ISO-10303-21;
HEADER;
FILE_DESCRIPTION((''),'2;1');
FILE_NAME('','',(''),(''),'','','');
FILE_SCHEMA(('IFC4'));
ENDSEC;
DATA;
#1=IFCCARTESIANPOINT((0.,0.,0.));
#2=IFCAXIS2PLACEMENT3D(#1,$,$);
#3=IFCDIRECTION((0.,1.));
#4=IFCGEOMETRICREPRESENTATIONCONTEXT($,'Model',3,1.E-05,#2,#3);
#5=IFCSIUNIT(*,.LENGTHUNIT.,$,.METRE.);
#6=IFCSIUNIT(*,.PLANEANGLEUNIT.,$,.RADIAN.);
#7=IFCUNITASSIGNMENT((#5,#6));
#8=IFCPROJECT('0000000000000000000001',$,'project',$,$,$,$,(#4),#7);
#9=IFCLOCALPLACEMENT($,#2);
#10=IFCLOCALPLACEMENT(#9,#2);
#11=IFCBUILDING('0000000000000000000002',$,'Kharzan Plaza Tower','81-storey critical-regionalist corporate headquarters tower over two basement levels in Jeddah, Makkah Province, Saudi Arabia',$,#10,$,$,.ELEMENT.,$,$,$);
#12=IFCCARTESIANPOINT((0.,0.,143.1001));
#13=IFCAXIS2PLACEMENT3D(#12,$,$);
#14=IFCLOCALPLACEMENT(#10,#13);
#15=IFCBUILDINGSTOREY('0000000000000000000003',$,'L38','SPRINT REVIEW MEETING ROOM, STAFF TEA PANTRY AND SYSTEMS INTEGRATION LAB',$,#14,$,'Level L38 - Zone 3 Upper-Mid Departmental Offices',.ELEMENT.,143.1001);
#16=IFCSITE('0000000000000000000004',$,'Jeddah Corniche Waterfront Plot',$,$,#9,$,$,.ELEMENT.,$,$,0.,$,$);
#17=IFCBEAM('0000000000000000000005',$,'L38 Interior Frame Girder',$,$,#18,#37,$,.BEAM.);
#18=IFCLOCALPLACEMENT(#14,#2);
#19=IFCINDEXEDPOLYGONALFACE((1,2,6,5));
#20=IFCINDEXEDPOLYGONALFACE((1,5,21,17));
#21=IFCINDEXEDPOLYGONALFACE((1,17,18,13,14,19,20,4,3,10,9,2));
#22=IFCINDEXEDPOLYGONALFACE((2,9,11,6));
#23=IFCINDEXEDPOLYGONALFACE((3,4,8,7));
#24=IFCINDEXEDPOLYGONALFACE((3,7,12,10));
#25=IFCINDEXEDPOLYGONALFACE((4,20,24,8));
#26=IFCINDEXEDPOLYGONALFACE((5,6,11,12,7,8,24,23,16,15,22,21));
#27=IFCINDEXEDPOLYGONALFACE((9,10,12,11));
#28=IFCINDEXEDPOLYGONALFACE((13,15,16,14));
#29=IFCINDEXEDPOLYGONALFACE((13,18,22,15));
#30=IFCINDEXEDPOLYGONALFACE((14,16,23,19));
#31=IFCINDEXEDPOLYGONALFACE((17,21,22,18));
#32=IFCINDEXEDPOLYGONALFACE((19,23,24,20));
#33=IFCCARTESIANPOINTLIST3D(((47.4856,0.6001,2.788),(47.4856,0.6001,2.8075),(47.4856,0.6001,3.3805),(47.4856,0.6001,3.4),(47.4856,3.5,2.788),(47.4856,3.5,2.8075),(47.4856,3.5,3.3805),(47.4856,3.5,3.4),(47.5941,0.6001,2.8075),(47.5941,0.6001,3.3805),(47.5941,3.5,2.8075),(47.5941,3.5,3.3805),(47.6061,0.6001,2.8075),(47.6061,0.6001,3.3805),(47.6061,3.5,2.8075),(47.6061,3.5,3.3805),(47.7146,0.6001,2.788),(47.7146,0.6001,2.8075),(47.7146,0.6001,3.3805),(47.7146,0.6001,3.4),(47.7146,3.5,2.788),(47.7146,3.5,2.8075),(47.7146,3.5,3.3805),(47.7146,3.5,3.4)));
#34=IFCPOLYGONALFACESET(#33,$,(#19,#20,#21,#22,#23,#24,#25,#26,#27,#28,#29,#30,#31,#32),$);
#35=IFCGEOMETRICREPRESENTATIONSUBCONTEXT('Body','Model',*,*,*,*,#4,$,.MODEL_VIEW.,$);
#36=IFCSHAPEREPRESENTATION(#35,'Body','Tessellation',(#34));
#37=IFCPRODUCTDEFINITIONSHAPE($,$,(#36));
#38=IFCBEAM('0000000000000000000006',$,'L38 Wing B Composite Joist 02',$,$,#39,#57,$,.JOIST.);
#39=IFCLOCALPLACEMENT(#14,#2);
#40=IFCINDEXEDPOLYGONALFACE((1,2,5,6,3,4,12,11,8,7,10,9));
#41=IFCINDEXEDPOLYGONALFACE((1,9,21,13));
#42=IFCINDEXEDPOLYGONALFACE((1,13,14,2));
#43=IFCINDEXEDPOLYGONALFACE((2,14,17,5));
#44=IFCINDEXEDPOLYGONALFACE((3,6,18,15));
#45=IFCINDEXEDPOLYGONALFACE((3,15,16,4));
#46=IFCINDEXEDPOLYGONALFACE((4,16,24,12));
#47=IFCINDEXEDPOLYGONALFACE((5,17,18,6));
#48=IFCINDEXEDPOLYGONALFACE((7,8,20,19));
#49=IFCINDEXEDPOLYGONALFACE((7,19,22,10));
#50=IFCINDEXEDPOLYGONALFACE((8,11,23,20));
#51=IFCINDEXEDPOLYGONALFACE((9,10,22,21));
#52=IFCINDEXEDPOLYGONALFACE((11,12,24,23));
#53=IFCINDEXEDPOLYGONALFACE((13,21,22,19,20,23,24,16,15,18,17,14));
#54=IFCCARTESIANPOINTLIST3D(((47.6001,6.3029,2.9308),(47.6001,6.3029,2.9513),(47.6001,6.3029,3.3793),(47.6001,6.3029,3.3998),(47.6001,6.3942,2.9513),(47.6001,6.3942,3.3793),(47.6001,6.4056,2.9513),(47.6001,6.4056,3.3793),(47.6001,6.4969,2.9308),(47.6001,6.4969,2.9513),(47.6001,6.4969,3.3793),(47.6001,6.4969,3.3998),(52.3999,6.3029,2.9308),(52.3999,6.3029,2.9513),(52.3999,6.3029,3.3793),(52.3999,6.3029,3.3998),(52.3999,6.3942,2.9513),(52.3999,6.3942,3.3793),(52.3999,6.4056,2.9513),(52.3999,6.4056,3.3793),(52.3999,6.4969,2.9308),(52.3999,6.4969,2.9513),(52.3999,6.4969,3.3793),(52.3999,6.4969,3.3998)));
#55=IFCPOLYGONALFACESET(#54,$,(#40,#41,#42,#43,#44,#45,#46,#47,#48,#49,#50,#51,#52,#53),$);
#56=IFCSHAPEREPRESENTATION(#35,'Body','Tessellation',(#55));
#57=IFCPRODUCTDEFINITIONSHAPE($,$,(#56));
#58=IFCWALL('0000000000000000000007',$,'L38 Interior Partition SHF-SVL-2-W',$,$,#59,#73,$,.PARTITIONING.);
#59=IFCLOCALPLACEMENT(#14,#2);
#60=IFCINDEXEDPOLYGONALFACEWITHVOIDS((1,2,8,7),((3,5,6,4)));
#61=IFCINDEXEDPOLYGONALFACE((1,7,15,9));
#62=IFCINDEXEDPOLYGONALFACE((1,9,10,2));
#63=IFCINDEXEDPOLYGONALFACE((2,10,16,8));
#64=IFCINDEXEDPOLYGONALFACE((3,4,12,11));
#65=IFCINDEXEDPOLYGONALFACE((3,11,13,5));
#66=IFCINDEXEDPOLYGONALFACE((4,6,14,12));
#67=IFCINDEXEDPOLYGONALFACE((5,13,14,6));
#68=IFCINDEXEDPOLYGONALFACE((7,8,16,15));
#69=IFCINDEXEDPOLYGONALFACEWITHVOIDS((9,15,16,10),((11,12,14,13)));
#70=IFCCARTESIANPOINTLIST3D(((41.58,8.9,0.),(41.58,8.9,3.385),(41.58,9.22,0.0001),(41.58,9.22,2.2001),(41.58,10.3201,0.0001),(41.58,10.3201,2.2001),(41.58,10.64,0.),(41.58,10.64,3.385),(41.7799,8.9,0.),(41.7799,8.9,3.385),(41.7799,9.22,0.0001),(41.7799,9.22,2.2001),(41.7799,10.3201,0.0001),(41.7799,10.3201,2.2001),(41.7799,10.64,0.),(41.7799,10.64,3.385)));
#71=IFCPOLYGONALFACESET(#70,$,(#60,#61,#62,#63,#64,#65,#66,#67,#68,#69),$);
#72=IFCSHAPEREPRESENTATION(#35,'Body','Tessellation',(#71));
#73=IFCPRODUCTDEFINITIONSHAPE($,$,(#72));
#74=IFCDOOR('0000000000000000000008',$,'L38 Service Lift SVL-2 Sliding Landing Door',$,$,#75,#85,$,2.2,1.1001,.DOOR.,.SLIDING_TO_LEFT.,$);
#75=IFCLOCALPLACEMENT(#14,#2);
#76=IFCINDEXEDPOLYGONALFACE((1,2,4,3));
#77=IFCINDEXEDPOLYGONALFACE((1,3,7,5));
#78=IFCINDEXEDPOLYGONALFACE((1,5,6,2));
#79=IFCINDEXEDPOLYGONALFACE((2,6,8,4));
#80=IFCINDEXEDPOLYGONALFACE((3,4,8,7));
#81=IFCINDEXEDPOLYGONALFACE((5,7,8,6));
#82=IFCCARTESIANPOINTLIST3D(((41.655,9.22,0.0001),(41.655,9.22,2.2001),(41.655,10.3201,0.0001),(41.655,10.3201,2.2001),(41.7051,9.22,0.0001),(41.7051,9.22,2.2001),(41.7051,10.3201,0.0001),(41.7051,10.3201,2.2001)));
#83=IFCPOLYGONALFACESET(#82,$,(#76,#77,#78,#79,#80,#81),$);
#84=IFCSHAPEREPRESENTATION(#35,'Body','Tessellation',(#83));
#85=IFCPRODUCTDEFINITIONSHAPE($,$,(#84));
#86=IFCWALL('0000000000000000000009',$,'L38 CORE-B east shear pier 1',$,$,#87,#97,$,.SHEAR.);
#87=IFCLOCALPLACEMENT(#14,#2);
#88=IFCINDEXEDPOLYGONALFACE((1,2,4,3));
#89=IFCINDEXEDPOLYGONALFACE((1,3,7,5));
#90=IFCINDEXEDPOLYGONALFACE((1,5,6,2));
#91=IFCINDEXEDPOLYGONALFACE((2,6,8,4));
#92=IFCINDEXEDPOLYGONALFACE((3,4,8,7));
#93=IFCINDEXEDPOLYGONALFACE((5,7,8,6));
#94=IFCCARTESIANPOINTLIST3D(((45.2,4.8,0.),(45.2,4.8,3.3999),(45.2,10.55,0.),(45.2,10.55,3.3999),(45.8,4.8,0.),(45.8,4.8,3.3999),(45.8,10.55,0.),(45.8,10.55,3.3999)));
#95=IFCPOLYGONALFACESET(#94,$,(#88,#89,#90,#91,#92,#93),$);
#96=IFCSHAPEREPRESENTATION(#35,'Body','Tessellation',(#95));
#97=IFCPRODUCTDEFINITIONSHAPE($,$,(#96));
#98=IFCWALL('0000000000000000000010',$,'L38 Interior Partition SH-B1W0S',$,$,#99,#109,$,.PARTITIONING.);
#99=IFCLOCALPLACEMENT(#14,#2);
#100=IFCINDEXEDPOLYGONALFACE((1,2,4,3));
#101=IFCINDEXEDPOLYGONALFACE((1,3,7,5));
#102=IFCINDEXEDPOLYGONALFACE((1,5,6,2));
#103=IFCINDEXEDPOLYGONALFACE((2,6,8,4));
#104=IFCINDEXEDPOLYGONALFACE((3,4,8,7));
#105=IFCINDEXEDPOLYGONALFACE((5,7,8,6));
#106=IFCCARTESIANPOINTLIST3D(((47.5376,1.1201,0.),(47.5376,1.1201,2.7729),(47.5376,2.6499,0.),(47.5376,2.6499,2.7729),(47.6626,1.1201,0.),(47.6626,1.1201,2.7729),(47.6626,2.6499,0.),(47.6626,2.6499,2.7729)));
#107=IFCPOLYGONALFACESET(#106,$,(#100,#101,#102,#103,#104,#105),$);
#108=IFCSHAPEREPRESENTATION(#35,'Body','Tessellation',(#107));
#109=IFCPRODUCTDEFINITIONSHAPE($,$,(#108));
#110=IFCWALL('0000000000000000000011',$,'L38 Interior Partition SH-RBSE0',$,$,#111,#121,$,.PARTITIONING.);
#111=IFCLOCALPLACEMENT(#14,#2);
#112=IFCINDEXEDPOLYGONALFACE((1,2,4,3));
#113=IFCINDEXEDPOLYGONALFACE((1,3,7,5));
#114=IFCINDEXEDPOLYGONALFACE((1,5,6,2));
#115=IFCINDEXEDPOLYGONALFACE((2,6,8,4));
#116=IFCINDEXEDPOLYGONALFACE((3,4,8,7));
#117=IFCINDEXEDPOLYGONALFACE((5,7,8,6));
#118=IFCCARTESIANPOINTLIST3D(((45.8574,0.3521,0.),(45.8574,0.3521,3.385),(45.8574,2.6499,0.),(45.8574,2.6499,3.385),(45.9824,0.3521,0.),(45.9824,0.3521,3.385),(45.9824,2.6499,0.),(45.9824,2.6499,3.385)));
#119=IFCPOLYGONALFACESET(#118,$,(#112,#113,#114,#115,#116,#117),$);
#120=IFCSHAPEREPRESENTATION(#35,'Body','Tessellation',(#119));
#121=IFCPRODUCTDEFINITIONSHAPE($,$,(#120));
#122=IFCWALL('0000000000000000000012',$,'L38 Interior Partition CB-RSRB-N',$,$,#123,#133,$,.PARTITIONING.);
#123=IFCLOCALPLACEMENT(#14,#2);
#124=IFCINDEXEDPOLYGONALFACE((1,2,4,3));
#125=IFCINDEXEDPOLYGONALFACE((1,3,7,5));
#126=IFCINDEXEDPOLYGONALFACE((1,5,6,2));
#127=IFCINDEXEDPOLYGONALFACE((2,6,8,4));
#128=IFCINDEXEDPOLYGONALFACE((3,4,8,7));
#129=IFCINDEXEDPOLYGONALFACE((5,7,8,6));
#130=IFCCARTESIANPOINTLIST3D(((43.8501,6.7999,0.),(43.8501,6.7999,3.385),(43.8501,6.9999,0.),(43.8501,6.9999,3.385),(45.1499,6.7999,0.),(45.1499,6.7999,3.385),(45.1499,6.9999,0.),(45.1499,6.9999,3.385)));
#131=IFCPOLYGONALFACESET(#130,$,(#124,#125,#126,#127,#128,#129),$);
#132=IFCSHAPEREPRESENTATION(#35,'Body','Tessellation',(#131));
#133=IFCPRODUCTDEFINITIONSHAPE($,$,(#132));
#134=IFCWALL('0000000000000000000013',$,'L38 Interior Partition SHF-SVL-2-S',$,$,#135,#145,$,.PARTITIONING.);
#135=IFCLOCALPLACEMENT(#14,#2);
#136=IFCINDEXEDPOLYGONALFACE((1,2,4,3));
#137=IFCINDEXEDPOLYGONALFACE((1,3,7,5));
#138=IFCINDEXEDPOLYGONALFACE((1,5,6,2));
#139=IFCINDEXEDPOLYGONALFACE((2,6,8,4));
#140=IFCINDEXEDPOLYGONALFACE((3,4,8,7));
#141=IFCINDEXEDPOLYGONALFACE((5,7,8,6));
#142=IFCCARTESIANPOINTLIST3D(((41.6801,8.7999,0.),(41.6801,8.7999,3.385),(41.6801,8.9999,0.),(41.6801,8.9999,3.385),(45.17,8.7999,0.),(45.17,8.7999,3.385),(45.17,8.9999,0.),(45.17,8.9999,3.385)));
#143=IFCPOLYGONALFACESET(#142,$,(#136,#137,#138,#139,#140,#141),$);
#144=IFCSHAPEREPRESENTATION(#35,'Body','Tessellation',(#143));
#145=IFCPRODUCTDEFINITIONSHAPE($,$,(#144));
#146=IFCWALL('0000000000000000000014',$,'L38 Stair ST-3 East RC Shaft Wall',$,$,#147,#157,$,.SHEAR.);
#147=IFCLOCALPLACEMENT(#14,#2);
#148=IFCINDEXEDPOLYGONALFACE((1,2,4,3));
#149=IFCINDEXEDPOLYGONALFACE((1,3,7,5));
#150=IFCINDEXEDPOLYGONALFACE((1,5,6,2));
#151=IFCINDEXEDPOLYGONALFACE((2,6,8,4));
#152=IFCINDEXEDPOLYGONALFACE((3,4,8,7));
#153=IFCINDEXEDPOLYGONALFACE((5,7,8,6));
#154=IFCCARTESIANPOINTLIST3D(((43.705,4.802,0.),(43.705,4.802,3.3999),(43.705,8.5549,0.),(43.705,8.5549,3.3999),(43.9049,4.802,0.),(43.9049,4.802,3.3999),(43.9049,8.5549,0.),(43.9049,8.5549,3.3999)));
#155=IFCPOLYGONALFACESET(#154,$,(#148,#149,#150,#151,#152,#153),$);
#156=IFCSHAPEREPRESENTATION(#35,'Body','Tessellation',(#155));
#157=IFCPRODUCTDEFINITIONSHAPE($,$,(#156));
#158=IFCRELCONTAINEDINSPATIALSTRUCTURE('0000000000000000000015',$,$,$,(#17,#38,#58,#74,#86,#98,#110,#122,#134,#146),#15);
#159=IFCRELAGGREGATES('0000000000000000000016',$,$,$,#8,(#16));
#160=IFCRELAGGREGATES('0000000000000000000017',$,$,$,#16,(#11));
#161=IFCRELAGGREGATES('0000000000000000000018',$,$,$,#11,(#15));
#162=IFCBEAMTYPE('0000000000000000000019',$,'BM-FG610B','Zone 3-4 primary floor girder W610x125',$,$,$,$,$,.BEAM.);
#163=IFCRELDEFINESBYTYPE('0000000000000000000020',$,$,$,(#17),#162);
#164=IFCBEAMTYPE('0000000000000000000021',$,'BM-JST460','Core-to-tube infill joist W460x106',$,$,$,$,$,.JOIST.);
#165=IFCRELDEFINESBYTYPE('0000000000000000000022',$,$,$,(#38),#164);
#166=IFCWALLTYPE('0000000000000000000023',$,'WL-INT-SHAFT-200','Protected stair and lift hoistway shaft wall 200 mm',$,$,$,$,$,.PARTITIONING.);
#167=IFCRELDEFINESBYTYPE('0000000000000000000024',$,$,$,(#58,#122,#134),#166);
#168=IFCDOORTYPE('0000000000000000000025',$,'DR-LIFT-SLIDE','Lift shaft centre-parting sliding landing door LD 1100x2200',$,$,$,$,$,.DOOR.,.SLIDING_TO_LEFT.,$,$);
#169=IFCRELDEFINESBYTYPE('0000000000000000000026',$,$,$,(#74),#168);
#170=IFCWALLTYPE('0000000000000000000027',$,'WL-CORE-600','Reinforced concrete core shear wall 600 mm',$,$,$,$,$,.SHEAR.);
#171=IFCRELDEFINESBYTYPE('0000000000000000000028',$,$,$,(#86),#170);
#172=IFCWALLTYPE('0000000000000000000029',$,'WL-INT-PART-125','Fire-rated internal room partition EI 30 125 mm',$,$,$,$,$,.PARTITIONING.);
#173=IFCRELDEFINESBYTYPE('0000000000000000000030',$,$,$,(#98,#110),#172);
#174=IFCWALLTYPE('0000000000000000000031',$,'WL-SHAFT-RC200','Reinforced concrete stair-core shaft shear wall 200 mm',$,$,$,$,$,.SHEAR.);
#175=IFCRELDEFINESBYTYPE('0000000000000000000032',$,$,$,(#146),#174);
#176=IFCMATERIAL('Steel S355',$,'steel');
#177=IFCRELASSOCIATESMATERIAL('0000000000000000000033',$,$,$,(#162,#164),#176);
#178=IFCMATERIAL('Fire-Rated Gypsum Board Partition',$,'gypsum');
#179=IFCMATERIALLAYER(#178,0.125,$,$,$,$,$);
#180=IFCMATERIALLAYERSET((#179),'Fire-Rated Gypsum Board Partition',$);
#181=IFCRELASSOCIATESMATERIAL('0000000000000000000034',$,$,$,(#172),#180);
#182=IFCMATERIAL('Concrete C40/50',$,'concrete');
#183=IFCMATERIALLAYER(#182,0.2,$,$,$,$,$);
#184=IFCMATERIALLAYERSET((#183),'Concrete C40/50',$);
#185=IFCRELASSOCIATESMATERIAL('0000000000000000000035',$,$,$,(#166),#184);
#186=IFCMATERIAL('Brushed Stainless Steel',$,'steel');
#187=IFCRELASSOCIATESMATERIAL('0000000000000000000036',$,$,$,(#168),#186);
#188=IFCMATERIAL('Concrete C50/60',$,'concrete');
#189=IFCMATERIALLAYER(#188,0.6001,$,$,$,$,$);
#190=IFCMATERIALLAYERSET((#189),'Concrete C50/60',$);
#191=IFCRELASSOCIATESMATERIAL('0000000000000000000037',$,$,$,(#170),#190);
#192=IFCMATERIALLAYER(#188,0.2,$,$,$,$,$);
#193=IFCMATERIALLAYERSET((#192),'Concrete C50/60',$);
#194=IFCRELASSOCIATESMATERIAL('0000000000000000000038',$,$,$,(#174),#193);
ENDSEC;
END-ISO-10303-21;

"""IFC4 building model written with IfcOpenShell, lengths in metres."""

from ifc_helpers import new_model, si_unit, direction, frame, frame_2d, origin, origin_2d, place, context, subcontext, project, spatial, rectangle, i_section, extrude, source, transform, mapped, material, layer, layer_set, material_profile, profile_set, type_object, element, fill, save


model = new_model("IFC4")

# Units and contexts
model_context = context("Model", 3, precision=1e-05, world=origin(), true_north=direction((0.0, 1.0)))
body_context = subcontext(model_context, "Body", "Model", "MODEL_VIEW")
ifc_project = project(units=[si_unit("LENGTHUNIT", "METRE"), si_unit("PLANEANGLEUNIT", "RADIAN")], contexts=[model_context])

# Site, building, storey
site_placement = place(None, origin())
site = spatial("IfcSite", under=ifc_project, at=site_placement, Name="Jeddah Corniche Waterfront Plot", CompositionType="ELEMENT", RefElevation=0.0)
building_placement = place(site_placement, origin())
building = spatial("IfcBuilding", under=site, at=building_placement, Name="Kharzan Plaza Tower", Description="81-storey critical-regionalist corporate headquarters tower over two basement levels in Jeddah, Makkah Province, Saudi Arabia", CompositionType="ELEMENT")
storey_placement = place(building_placement, frame((0.0, 0.0, 143.1001)))
storey = spatial("IfcBuildingStorey", under=building, at=storey_placement, Name="L38", Description="SPRINT REVIEW MEETING ROOM, STAFF TEA PANTRY AND SYSTEMS INTEGRATION LAB", LongName="Level L38 - Zone 3 Upper-Mid Departmental Offices", CompositionType="ELEMENT", Elevation=143.1001)

# Shared definitions
ifc_material_1 = material(Name="Concrete C50/60", Category="concrete")

# Beams
ifc_material_2 = material(Name="Steel S355", Category="steel")
ifc_material_profile_1 = material_profile(ifc_material_2, i_section(OverallWidth=0.229, OverallDepth=0.6121, WebThickness=0.012, FlangeThickness=0.0195, at=origin_2d()), Name="W610x125")
ifc_profile_set_1 = profile_set([ifc_material_profile_1], Name="Steel S355")
beam_type_1 = type_object("IfcBeamType", Name="BM-FG610B", Description="Zone 3-4 primary floor girder W610x125", PredefinedType="BEAM", material=ifc_profile_set_1)
shared_shape_1 = source(origin(), body_context, "Body", "SweptSolid", [
    extrude(i_section(OverallWidth=0.229, OverallDepth=0.6121, WebThickness=0.012, FlangeThickness=0.0195, at=origin_2d()), origin(), (0.0, 0.0, 1.0), 2.8999),
])
beam_1_placement = place(storey_placement, frame((47.6001, 0.6001, 3.094), z_axis=(0.0, 1.0, 0.0), x_axis=(-1.0, 0.0, 0.0)))
element("IfcBeam", 1, at=beam_1_placement, inside=storey, type_object=beam_type_1, Name="L38 Interior Frame Girder", PredefinedType="BEAM", context=body_context, shape_type="MappedRepresentation", body=[
    mapped(shared_shape_1, transform((0.0, 0.0, 0.0), x_axis=(1.0, 0.0, 0.0), y_axis=(0.0, 1.0, 0.0), z_axis=(0.0, 0.0, 1.0))),
])
ifc_material_profile_2 = material_profile(ifc_material_2, i_section(OverallWidth=0.1941, OverallDepth=0.469, WebThickness=0.0115, FlangeThickness=0.0205, at=origin_2d()), Name="W460x106")
ifc_profile_set_2 = profile_set([ifc_material_profile_2], Name="Steel S355")
beam_type_2 = type_object("IfcBeamType", Name="BM-JST460", Description="Core-to-tube infill joist W460x106", PredefinedType="JOIST", material=ifc_profile_set_2)
shared_shape_2 = source(origin(), body_context, "Body", "SweptSolid", [
    extrude(i_section(OverallWidth=0.1941, OverallDepth=0.469, WebThickness=0.0115, FlangeThickness=0.0205, at=origin_2d()), origin(), (0.0, 0.0, 1.0), 4.7998),
])
beam_2_placement = place(storey_placement, frame((47.6001, 6.3999, 3.1653), z_axis=(1.0, 0.0, 0.0), x_axis=(0.0, 1.0, 0.0)))
element("IfcBeam", 2, at=beam_2_placement, inside=storey, type_object=beam_type_2, Name="L38 Wing B Composite Joist 02", PredefinedType="JOIST", context=body_context, shape_type="MappedRepresentation", body=[
    mapped(shared_shape_2, transform((0.0, 0.0, 0.0), x_axis=(1.0, 0.0, 0.0), y_axis=(0.0, 1.0, 0.0), z_axis=(0.0, 0.0, 1.0))),
])

# Wall, opening, door
ifc_material_3 = material(Name="Fire-Rated Gypsum Board Partition", Category="gypsum")
ifc_layer_1 = layer(ifc_material_3, 0.125)
ifc_layer_set_1 = layer_set([ifc_layer_1], Name="Fire-Rated Gypsum Board Partition")
wall_type_1 = type_object("IfcWallType", Name="WL-INT-PART-125", Description="Fire-rated internal room partition EI 30 125 mm", PredefinedType="PARTITIONING", material=ifc_layer_set_1)
ifc_material_4 = material(Name="Concrete C40/50", Category="concrete")
ifc_layer_2 = layer(ifc_material_4, 0.2)
ifc_layer_set_2 = layer_set([ifc_layer_2], Name="Concrete C40/50")
wall_type_2 = type_object("IfcWallType", Name="WL-INT-SHAFT-200", Description="Protected stair and lift hoistway shaft wall 200 mm", PredefinedType="PARTITIONING", material=ifc_layer_set_2)
wall_1_placement = place(storey_placement, frame((41.6799, 8.8999, 0.0), z_axis=(0.0, 0.0, 1.0), x_axis=(0.0, 1.0, 0.0)))
wall_1 = element("IfcWall", 3, at=wall_1_placement, inside=storey, type_object=wall_type_2, Name="L38 Interior Partition SHF-SVL-2-W", PredefinedType="PARTITIONING", context=body_context, shape_type="SweptSolid", body=[
    extrude(rectangle(XDim=1.74, YDim=0.2, at=frame_2d((0.8701, 0.0))), origin(), (0.0, 0.0, 1.0), 3.385),
])
opening_1_placement = place(wall_1_placement, frame((0.3201, 0.0, 0.0)))
opening_1 = element("IfcOpeningElement", 4, at=opening_1_placement, cuts=wall_1, PredefinedType="OPENING", context=body_context, shape_type="SweptSolid", body=[
    extrude(rectangle(XDim=1.1001, YDim=2.2, at=frame_2d((0.55, 1.1001))), frame((0.0, 0.1099, 0.0), z_axis=(0.0, -1.0, 0.0), x_axis=(1.0, 0.0, 0.0)), (0.0, 0.0, 1.0), 0.22),
])
ifc_material_5 = material(Name="Brushed Stainless Steel", Category="steel")
door_type_1 = type_object("IfcDoorType", Name="DR-LIFT-SLIDE", Description="Lift shaft centre-parting sliding landing door LD 1100x2200", OperationType="SLIDING_TO_LEFT", PredefinedType="DOOR", material=ifc_material_5)
shared_shape_3 = source(origin(), body_context, "Body", "SweptSolid", [
    extrude(rectangle(XDim=1.1001, YDim=2.2, at=frame_2d((0.55, 1.1001))), frame((0.0, 0.0249, 0.0), z_axis=(0.0, -1.0, 0.0), x_axis=(1.0, 0.0, 0.0)), (0.0, 0.0, 1.0), 0.05),
])
door_1_placement = place(opening_1_placement, origin())
door_1 = element("IfcDoor", 5, at=door_1_placement, inside=storey, type_object=door_type_1, Name="L38 Service Lift SVL-2 Sliding Landing Door", OperationType="SLIDING_TO_LEFT", OverallHeight=2.2, OverallWidth=1.1001, PredefinedType="DOOR", context=body_context, shape_type="MappedRepresentation", body=[
    mapped(shared_shape_3, transform((0.0, 0.0, 0.0), x_axis=(1.0, 0.0, 0.0), y_axis=(0.0, 1.0, 0.0), z_axis=(0.0, 0.0, 1.0))),
])
fill(opening_1, door_1)

# Walls
ifc_layer_3 = layer(ifc_material_1, 0.6001)
ifc_layer_set_3 = layer_set([ifc_layer_3], Name="Concrete C50/60")
wall_type_3 = type_object("IfcWallType", Name="WL-CORE-600", Description="Reinforced concrete core shear wall 600 mm", PredefinedType="SHEAR", material=ifc_layer_set_3)
shared_shape_4 = source(origin(), body_context, "Body", "SweptSolid", [
    extrude(rectangle(XDim=5.75, YDim=0.6001, at=frame_2d((2.875, 0.0))), origin(), (0.0, 0.0, 1.0), 3.3999),
])
wall_2_placement = place(storey_placement, frame((45.5, 4.8, 0.0), z_axis=(0.0, 0.0, 1.0), x_axis=(0.0, 1.0, 0.0)))
element("IfcWall", 6, at=wall_2_placement, inside=storey, type_object=wall_type_3, Name="L38 CORE-B east shear pier 1", PredefinedType="SHEAR", context=body_context, shape_type="MappedRepresentation", body=[
    mapped(shared_shape_4, transform((0.0, 0.0, 0.0), x_axis=(1.0, 0.0, 0.0), y_axis=(0.0, 1.0, 0.0), z_axis=(0.0, 0.0, 1.0))),
])
shared_shape_5 = source(origin(), body_context, "Body", "SweptSolid", [
    extrude(rectangle(XDim=1.5298, YDim=0.125, at=frame_2d((0.7649, 0.0))), origin(), (0.0, 0.0, 1.0), 2.7729),
])
wall_3_placement = place(storey_placement, frame((47.6001, 1.1201, 0.0), z_axis=(0.0, 0.0, 1.0), x_axis=(0.0, 1.0, 0.0)))
element("IfcWall", 7, at=wall_3_placement, inside=storey, type_object=wall_type_1, Name="L38 Interior Partition SH-B1W0S", PredefinedType="PARTITIONING", context=body_context, shape_type="MappedRepresentation", body=[
    mapped(shared_shape_5, transform((0.0, 0.0, 0.0), x_axis=(1.0, 0.0, 0.0), y_axis=(0.0, 1.0, 0.0), z_axis=(0.0, 0.0, 1.0))),
])
shared_shape_6 = source(origin(), body_context, "Body", "SweptSolid", [
    extrude(rectangle(XDim=2.2979, YDim=0.125, at=frame_2d((1.1489, 0.0))), origin(), (0.0, 0.0, 1.0), 3.385),
])
wall_4_placement = place(storey_placement, frame((45.9199, 0.3521, 0.0), z_axis=(0.0, 0.0, 1.0), x_axis=(0.0, 1.0, 0.0)))
element("IfcWall", 8, at=wall_4_placement, inside=storey, type_object=wall_type_1, Name="L38 Interior Partition SH-RBSE0", PredefinedType="PARTITIONING", context=body_context, shape_type="MappedRepresentation", body=[
    mapped(shared_shape_6, transform((0.0, 0.0, 0.0), x_axis=(1.0, 0.0, 0.0), y_axis=(0.0, 1.0, 0.0), z_axis=(0.0, 0.0, 1.0))),
])
shared_shape_7 = source(origin(), body_context, "Body", "SweptSolid", [
    extrude(rectangle(XDim=1.2998, YDim=0.2, at=frame_2d((0.6499, 0.0))), origin(), (0.0, 0.0, 1.0), 3.385),
])
wall_5_placement = place(storey_placement, frame((43.8501, 6.8999, 0.0), z_axis=(0.0, 0.0, 1.0), x_axis=(1.0, 0.0, 0.0)))
element("IfcWall", 9, at=wall_5_placement, inside=storey, type_object=wall_type_2, Name="L38 Interior Partition CB-RSRB-N", PredefinedType="PARTITIONING", context=body_context, shape_type="MappedRepresentation", body=[
    mapped(shared_shape_7, transform((0.0, 0.0, 0.0), x_axis=(1.0, 0.0, 0.0), y_axis=(0.0, 1.0, 0.0), z_axis=(0.0, 0.0, 1.0))),
])
shared_shape_8 = source(origin(), body_context, "Body", "SweptSolid", [
    extrude(rectangle(XDim=3.49, YDim=0.2, at=frame_2d((1.7451, 0.0))), origin(), (0.0, 0.0, 1.0), 3.385),
])
wall_6_placement = place(storey_placement, frame((41.6799, 8.8999, 0.0), z_axis=(0.0, 0.0, 1.0), x_axis=(1.0, 0.0, 0.0)))
element("IfcWall", 10, at=wall_6_placement, inside=storey, type_object=wall_type_2, Name="L38 Interior Partition SHF-SVL-2-S", PredefinedType="PARTITIONING", context=body_context, shape_type="MappedRepresentation", body=[
    mapped(shared_shape_8, transform((0.0, 0.0, 0.0), x_axis=(1.0, 0.0, 0.0), y_axis=(0.0, 1.0, 0.0), z_axis=(0.0, 0.0, 1.0))),
])
ifc_layer_4 = layer(ifc_material_1, 0.2)
ifc_layer_set_4 = layer_set([ifc_layer_4], Name="Concrete C50/60")
wall_type_4 = type_object("IfcWallType", Name="WL-SHAFT-RC200", Description="Reinforced concrete stair-core shaft shear wall 200 mm", PredefinedType="SHEAR", material=ifc_layer_set_4)
shared_shape_9 = source(origin(), body_context, "Body", "SweptSolid", [
    extrude(rectangle(XDim=3.7529, YDim=0.2, at=frame_2d((1.8765, 0.0))), origin(), (0.0, 0.0, 1.0), 3.3999),
])
wall_7_placement = place(storey_placement, frame((43.8049, 4.802, 0.0), z_axis=(0.0, 0.0, 1.0), x_axis=(0.0, 1.0, 0.0)))
element("IfcWall", 11, at=wall_7_placement, inside=storey, type_object=wall_type_4, Name="L38 Stair ST-3 East RC Shaft Wall", PredefinedType="SHEAR", context=body_context, shape_type="MappedRepresentation", body=[
    mapped(shared_shape_9, transform((0.0, 0.0, 0.0), x_axis=(1.0, 0.0, 0.0), y_axis=(0.0, 1.0, 0.0), z_axis=(0.0, 0.0, 1.0))),
])

save(model, "model.ifc")
